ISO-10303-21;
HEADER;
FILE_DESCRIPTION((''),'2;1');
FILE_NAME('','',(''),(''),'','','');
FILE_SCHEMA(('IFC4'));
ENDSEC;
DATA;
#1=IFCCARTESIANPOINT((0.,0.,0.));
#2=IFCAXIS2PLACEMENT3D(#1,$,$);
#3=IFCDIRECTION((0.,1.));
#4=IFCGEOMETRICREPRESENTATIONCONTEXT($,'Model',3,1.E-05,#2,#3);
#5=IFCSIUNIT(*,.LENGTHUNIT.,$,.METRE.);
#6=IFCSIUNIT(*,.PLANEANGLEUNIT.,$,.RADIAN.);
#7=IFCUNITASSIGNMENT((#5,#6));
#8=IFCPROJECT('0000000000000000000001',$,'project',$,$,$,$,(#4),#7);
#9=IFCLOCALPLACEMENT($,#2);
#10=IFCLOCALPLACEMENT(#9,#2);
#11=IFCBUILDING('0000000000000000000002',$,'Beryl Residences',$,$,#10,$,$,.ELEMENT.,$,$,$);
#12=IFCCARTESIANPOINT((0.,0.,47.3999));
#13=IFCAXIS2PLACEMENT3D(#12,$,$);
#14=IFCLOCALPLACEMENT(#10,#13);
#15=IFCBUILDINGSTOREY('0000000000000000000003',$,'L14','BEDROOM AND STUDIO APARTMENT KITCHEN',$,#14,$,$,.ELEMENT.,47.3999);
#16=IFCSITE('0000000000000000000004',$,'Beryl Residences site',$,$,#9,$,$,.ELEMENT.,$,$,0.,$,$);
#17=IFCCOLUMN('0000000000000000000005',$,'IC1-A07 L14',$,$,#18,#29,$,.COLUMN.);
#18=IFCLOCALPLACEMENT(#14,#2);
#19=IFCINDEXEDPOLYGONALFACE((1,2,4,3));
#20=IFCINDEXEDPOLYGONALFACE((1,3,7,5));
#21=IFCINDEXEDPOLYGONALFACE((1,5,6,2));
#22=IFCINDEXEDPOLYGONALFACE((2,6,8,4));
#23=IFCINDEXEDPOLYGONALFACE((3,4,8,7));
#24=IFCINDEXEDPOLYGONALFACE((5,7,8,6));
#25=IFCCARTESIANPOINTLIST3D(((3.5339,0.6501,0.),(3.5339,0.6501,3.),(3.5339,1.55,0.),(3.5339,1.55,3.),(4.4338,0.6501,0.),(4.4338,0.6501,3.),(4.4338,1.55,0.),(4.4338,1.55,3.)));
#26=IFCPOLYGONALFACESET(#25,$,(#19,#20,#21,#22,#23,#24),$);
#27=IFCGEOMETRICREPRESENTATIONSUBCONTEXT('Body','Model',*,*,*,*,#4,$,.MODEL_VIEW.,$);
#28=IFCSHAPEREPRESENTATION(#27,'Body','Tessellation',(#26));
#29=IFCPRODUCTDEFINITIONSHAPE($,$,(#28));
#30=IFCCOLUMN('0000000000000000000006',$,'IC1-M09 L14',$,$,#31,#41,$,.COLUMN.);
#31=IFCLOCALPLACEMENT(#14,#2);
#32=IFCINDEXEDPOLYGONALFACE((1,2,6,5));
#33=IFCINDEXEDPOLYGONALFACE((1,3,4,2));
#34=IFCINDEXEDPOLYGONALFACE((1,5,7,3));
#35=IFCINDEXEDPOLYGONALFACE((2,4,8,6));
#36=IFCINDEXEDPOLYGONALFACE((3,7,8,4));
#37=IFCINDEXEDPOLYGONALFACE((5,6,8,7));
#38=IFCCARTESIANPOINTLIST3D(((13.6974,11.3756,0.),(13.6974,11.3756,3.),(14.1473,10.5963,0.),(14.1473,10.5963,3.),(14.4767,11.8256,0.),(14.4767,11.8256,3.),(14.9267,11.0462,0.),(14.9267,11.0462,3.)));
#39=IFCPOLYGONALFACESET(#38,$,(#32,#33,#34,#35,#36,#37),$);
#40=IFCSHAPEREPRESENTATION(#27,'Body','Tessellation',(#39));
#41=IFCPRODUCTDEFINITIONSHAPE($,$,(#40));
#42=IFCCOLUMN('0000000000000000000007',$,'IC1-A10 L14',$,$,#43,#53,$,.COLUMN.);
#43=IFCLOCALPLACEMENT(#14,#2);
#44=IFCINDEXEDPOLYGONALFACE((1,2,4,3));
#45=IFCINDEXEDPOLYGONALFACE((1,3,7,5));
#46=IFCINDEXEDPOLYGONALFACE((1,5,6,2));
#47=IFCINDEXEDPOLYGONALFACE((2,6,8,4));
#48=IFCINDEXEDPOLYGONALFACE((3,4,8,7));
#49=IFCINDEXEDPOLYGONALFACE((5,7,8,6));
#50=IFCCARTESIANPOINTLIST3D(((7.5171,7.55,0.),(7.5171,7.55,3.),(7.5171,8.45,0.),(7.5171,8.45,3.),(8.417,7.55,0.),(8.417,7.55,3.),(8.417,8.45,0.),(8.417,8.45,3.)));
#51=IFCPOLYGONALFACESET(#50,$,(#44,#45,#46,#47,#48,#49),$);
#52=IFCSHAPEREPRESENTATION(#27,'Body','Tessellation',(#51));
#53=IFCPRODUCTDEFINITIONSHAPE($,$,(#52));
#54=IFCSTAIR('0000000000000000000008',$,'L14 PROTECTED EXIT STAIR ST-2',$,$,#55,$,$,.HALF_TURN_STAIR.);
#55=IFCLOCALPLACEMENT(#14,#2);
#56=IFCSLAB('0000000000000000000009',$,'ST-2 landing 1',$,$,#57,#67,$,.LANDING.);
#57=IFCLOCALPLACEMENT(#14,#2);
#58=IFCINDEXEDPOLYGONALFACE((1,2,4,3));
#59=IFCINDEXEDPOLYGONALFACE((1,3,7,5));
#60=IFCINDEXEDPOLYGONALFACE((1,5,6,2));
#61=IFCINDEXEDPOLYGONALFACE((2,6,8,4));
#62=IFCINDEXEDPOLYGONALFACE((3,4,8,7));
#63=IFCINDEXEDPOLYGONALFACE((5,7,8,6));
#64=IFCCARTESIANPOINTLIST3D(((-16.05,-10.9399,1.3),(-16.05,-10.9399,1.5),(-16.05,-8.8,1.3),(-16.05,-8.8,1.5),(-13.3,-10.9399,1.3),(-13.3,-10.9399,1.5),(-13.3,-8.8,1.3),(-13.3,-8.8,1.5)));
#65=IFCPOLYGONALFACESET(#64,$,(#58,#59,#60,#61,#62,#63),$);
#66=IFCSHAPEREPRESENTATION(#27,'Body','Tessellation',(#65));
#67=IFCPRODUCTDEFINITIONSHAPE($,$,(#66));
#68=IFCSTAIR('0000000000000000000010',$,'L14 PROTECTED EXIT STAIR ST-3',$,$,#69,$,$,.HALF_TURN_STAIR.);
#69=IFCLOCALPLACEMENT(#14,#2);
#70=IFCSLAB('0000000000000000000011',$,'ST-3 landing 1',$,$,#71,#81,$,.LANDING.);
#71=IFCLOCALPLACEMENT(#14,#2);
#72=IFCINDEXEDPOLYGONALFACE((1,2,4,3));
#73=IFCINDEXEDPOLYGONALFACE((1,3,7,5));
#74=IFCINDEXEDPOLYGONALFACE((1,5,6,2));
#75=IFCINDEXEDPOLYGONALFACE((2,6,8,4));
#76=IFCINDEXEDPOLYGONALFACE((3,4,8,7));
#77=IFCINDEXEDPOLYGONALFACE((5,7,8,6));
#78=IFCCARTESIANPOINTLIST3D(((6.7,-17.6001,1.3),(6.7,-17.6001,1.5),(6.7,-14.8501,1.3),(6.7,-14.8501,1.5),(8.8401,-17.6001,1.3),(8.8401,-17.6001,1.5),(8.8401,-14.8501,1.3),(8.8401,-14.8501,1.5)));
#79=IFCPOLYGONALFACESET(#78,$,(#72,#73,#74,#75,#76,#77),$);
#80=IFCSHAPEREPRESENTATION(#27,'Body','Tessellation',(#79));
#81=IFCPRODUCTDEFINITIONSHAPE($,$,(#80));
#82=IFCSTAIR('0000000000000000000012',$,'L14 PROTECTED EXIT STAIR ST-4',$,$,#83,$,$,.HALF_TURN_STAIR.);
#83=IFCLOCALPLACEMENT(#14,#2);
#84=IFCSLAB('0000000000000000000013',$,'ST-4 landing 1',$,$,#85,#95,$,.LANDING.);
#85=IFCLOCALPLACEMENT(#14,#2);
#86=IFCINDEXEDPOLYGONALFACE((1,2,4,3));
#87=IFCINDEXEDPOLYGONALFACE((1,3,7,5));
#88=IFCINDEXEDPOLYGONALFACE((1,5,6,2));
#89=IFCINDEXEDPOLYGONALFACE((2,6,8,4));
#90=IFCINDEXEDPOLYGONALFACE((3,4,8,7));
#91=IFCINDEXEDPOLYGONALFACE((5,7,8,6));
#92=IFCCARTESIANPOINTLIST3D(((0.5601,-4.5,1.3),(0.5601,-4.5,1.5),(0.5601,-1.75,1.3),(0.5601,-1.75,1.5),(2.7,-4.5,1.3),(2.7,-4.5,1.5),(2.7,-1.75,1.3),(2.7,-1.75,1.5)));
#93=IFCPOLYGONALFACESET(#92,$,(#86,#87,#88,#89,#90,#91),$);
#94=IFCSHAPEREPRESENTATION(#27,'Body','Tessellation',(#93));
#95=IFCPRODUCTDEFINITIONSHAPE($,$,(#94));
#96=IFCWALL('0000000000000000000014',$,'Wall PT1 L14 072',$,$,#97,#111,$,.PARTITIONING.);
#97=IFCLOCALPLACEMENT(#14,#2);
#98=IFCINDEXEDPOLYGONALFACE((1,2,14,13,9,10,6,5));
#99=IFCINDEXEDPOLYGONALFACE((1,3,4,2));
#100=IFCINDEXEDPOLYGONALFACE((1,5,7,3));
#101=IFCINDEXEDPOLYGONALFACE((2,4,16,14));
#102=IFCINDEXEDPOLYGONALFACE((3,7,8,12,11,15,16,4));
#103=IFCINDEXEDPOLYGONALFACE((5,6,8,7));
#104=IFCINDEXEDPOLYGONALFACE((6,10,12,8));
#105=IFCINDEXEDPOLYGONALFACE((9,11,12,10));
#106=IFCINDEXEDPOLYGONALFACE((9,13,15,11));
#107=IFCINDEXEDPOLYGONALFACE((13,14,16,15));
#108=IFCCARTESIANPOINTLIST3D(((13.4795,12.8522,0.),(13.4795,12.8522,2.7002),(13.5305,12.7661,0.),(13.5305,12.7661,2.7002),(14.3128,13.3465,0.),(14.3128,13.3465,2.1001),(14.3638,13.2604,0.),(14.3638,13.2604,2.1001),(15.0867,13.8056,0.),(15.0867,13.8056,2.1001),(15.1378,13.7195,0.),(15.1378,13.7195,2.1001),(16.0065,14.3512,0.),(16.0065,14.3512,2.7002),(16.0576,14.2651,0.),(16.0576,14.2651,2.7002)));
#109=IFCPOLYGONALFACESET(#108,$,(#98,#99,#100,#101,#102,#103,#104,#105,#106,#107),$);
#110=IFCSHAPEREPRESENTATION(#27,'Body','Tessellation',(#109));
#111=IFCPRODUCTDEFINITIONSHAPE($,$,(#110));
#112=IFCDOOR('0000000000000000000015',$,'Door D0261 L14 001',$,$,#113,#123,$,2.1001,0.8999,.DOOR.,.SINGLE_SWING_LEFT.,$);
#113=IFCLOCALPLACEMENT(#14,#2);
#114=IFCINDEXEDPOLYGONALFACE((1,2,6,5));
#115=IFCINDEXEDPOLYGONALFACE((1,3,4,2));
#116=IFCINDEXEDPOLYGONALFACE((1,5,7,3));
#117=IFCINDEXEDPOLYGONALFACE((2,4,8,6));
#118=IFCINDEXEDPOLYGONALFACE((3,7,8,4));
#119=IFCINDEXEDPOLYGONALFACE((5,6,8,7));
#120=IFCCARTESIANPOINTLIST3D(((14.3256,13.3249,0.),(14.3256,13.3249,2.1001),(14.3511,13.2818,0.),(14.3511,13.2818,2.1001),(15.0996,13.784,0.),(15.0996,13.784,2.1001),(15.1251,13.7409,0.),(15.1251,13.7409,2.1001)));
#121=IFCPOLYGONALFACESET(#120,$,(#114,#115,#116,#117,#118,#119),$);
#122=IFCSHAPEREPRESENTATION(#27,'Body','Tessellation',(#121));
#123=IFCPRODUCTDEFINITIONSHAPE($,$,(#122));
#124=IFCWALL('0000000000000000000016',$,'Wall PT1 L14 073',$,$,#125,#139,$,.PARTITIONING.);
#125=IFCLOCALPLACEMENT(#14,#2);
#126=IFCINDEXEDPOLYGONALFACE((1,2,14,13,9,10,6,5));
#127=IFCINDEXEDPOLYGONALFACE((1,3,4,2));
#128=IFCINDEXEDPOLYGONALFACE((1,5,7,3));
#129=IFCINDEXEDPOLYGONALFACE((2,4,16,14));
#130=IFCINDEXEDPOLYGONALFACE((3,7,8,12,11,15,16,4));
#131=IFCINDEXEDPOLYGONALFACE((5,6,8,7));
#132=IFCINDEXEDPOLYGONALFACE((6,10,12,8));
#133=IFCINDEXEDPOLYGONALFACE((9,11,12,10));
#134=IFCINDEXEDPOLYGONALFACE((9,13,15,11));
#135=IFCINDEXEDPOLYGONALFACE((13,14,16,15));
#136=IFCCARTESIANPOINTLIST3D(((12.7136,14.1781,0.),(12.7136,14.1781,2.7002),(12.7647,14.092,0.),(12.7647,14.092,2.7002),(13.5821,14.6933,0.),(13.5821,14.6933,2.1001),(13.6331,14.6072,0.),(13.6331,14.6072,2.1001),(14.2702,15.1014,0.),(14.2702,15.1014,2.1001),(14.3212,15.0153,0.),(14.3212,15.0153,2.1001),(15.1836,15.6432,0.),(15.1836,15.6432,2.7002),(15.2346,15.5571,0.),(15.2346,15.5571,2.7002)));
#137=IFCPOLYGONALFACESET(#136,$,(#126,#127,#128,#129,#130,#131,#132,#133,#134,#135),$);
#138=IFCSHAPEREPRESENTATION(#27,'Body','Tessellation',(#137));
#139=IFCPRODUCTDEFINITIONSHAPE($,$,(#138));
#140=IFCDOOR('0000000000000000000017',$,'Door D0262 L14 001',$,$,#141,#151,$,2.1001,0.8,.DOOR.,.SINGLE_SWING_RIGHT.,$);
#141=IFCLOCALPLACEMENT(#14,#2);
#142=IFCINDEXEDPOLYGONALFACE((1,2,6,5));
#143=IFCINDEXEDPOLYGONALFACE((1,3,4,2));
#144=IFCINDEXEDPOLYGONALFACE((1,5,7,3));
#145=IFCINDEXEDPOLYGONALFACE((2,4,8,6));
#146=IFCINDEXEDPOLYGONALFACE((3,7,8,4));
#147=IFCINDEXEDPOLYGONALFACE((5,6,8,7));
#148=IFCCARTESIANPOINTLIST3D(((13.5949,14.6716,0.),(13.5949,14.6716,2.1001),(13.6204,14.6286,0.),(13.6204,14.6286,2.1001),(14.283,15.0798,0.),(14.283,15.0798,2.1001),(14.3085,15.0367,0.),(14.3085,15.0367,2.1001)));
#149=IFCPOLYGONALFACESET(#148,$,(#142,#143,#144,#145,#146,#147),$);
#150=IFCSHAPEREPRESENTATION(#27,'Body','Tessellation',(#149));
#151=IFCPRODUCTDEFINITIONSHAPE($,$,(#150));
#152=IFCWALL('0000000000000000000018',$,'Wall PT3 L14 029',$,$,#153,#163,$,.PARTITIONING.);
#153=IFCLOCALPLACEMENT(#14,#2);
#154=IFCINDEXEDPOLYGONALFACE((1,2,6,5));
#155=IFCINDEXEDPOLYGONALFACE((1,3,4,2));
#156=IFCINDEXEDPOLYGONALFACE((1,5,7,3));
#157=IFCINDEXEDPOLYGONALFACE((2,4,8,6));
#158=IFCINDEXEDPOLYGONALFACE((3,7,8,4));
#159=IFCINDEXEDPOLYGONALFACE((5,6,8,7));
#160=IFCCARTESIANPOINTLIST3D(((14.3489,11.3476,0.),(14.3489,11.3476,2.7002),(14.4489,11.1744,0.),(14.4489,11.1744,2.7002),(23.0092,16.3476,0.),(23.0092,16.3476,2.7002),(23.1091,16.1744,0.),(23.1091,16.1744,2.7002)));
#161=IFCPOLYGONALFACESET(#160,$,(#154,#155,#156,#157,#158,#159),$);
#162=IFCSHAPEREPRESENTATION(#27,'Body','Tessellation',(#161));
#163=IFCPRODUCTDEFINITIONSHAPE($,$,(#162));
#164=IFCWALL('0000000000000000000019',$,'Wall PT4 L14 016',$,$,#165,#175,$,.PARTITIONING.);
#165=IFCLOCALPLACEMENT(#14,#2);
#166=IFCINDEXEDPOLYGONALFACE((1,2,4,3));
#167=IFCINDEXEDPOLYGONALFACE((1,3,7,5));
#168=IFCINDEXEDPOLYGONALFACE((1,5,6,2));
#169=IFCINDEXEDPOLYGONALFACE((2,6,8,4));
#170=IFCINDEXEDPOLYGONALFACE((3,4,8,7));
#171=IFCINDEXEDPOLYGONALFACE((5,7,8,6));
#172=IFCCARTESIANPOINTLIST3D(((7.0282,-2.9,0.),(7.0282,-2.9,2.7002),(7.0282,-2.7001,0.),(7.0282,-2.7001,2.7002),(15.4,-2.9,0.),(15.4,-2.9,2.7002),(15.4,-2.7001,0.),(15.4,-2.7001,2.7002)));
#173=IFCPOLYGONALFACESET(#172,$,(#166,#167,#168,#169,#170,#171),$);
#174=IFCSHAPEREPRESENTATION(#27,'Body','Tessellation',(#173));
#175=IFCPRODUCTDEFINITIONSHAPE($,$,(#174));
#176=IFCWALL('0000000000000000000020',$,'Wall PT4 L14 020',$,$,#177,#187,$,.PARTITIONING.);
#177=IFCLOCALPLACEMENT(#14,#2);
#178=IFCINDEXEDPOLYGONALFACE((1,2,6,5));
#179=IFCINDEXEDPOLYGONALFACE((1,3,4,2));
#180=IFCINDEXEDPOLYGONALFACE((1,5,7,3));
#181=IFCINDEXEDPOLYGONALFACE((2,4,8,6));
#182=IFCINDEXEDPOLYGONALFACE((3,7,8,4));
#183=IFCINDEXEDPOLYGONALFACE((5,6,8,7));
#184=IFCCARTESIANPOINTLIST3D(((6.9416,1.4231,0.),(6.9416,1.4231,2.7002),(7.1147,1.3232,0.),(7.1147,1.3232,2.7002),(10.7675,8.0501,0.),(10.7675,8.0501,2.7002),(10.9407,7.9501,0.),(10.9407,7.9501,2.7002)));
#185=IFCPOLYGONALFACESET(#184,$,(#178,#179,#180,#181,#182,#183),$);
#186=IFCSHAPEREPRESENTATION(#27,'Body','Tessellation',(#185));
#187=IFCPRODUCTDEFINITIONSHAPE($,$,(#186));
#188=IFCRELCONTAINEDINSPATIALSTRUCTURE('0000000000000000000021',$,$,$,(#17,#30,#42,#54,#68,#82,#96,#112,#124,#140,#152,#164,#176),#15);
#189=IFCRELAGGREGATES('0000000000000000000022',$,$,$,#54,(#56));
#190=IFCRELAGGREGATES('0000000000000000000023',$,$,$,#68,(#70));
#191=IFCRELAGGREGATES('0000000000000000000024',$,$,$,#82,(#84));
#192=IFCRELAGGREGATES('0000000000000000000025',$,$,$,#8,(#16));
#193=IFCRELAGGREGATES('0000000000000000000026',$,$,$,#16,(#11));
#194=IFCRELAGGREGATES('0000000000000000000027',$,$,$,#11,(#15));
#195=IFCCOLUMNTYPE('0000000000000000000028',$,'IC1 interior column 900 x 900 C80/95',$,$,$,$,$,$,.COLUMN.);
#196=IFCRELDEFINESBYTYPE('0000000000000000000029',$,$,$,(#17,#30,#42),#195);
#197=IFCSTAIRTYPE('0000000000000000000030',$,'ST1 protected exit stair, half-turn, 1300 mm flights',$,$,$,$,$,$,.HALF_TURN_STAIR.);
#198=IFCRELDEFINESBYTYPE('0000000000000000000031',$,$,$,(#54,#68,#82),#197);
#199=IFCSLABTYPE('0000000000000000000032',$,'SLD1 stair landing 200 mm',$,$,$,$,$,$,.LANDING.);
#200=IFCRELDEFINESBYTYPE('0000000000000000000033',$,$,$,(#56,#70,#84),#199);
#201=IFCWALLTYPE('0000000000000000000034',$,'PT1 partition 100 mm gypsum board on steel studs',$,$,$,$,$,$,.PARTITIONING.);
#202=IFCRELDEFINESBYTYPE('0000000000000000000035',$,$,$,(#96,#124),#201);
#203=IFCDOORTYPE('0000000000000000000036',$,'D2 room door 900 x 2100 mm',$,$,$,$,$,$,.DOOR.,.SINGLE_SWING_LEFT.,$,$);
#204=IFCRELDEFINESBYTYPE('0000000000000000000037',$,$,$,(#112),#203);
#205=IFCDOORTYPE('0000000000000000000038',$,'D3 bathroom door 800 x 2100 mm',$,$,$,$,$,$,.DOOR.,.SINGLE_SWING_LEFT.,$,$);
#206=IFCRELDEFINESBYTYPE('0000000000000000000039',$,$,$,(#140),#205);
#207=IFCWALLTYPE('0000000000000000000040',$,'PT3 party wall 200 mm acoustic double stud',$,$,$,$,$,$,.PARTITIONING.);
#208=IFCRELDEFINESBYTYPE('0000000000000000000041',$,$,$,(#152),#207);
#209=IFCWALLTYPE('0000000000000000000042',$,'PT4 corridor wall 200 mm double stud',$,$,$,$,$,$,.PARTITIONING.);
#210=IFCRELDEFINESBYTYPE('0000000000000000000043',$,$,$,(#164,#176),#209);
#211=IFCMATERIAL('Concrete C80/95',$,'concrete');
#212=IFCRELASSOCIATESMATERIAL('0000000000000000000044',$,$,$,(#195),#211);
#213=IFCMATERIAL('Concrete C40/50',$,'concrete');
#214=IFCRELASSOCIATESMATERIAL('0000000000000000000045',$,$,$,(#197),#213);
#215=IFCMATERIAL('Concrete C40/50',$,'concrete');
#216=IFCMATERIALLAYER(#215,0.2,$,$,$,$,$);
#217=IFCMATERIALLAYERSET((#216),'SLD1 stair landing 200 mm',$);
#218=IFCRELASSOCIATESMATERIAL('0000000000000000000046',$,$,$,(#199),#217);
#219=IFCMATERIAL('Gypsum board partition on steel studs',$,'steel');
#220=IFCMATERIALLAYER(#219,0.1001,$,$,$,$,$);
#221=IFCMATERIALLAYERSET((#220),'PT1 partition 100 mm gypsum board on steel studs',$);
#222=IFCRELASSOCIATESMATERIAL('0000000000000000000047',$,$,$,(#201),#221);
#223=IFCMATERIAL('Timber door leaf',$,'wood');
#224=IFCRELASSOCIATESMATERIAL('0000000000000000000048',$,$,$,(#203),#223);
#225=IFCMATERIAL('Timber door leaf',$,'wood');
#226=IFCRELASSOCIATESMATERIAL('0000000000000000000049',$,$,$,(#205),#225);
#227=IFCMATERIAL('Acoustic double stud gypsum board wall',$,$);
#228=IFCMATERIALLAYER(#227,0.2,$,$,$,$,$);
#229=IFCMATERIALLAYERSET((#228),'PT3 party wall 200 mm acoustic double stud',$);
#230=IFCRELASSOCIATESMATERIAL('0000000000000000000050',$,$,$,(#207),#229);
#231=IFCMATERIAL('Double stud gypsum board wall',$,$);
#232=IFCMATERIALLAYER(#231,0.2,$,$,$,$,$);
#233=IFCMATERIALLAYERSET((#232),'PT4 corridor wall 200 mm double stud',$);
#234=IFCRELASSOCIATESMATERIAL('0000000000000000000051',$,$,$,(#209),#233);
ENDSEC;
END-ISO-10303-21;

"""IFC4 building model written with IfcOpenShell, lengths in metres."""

from ifc_helpers import new_model, si_unit, direction, frame, frame_2d, origin, origin_2d, place, context, subcontext, project, spatial, polyline, rectangle, outline, extrude, material, layer, layer_set, material_profile, profile_set, type_object, element, fill, aggregate, save


model = new_model("IFC4")

# Units and contexts
model_context = context("Model", 3, precision=1e-05, world=origin(), true_north=direction((0.0, 1.0)))
body_context = subcontext(model_context, "Body", "Model", "MODEL_VIEW")
ifc_project = project(units=[si_unit("LENGTHUNIT", "METRE"), si_unit("PLANEANGLEUNIT", "RADIAN")], contexts=[model_context])

# Site, building, storey
site_placement = place(None, origin())
site = spatial("IfcSite", under=ifc_project, at=site_placement, Name="Beryl Residences site", CompositionType="ELEMENT", RefElevation=0.0)
building_placement = place(site_placement, origin())
building = spatial("IfcBuilding", under=site, at=building_placement, Name="Beryl Residences", CompositionType="ELEMENT")
storey_placement = place(building_placement, frame((0.0, 0.0, 47.3999)))
storey = spatial("IfcBuildingStorey", under=building, at=storey_placement, Name="L14", Description="BEDROOM AND STUDIO APARTMENT KITCHEN", CompositionType="ELEMENT", Elevation=47.3999)

# Columns
ifc_material_1 = material(Name="Concrete C80/95", Category="concrete")
ifc_material_profile = material_profile(ifc_material_1, rectangle(XDim=0.8999, YDim=0.8999, at=origin_2d()))
ifc_profile_set = profile_set([ifc_material_profile], Name="Concrete C80/95")
column_type = type_object("IfcColumnType", Name="IC1 interior column 900 x 900 C80/95", PredefinedType="COLUMN", material=ifc_profile_set)
for number, where, z_axis, x_axis, name in (
    (1, (3.9839, 1.1001, 0.0), (0.0, 0.0, 1.0), (1.0, 0.0, 0.0), "IC1-A07 L14"),
    (2, (14.312, 11.2109, 0.0), (0.0, 0.0, 1.0), (-0.499985, 0.866034, 0.0), "IC1-M09 L14"),
    (3, (7.967, 8.0, 0.0), (0.0, 0.0, 1.0), (1.0, 0.0, 0.0), "IC1-A10 L14"),
):
    element("IfcColumn", number, at=place(storey_placement, frame(where, z_axis=z_axis, x_axis=x_axis)), inside=storey, type_object=column_type, Name=name, PredefinedType="COLUMN", context=body_context, shape_type="SweptSolid", body=[
        extrude(rectangle(XDim=0.8999, YDim=0.8999, at=origin_2d()), origin(), (0.0, 0.0, 1.0), 3.0),
    ])

# Stairs, slabs
ifc_material_2 = material(Name="Concrete C40/50", Category="concrete")
stair_type = type_object("IfcStairType", Name="ST1 protected exit stair, half-turn, 1300 mm flights", PredefinedType="HALF_TURN_STAIR", material=ifc_material_2)
stair_1_placement = place(storey_placement, origin())
stair_1 = element("IfcStair", 4, at=stair_1_placement, inside=storey, type_object=stair_type, Name="L14 PROTECTED EXIT STAIR ST-2", PredefinedType="HALF_TURN_STAIR")
ifc_material_3 = material(Name="Concrete C40/50", Category="concrete")
ifc_layer_1 = layer(ifc_material_3, 0.2)
ifc_layer_set_1 = layer_set([ifc_layer_1], Name="SLD1 stair landing 200 mm")
slab_type = type_object("IfcSlabType", Name="SLD1 stair landing 200 mm", PredefinedType="LANDING", material=ifc_layer_set_1)
slab_1_placement = place(storey_placement, frame((0.0, 0.0, 1.3)))
slab_1 = element("IfcSlab", 5, at=slab_1_placement, type_object=slab_type, Name="ST-2 landing 1", PredefinedType="LANDING", context=body_context, shape_type="SweptSolid", body=[
    extrude(outline(polyline([(-13.3, -10.9399), (-13.3, -8.8), (-16.05, -8.8), (-16.05, -10.9399), (-13.3, -10.9399)])), origin(), (0.0, 0.0, 1.0), 0.2),
])
aggregate(stair_1, [slab_1])
stair_2_placement = place(storey_placement, origin())
stair_2 = element("IfcStair", 6, at=stair_2_placement, inside=storey, type_object=stair_type, Name="L14 PROTECTED EXIT STAIR ST-3", PredefinedType="HALF_TURN_STAIR")
slab_2_placement = place(storey_placement, frame((0.0, 0.0, 1.3)))
slab_2 = element("IfcSlab", 7, at=slab_2_placement, type_object=slab_type, Name="ST-3 landing 1", PredefinedType="LANDING", context=body_context, shape_type="SweptSolid", body=[
    extrude(outline(polyline([(8.8401, -14.8501), (6.7, -14.8501), (6.7, -17.6001), (8.8401, -17.6001), (8.8401, -14.8501)])), origin(), (0.0, 0.0, 1.0), 0.2),
])
aggregate(stair_2, [slab_2])
stair_3_placement = place(storey_placement, origin())
stair_3 = element("IfcStair", 8, at=stair_3_placement, inside=storey, type_object=stair_type, Name="L14 PROTECTED EXIT STAIR ST-4", PredefinedType="HALF_TURN_STAIR")
slab_3_placement = place(storey_placement, frame((0.0, 0.0, 1.3)))
slab_3 = element("IfcSlab", 9, at=slab_3_placement, type_object=slab_type, Name="ST-4 landing 1", PredefinedType="LANDING", context=body_context, shape_type="SweptSolid", body=[
    extrude(outline(polyline([(0.5601, -4.5), (2.7, -4.5), (2.7, -1.75), (0.5601, -1.75), (0.5601, -4.5)])), origin(), (0.0, 0.0, 1.0), 0.2),
])
aggregate(stair_3, [slab_3])

# Walls, openings, doors
ifc_material_4 = material(Name="Gypsum board partition on steel studs", Category="steel")
ifc_layer_2 = layer(ifc_material_4, 0.1001)
ifc_layer_set_2 = layer_set([ifc_layer_2], Name="PT1 partition 100 mm gypsum board on steel studs")
wall_type_1 = type_object("IfcWallType", Name="PT1 partition 100 mm gypsum board on steel studs", PredefinedType="PARTITIONING", material=ifc_layer_set_2)
wall_1_placement = place(storey_placement, frame((13.5049, 12.8091, 0.0), z_axis=(0.0, 0.0, 1.0), x_axis=(0.86007, 0.510176, 0.0)))
wall_1 = element("IfcWall", 10, at=wall_1_placement, inside=storey, type_object=wall_type_1, Name="Wall PT1 L14 072", PredefinedType="PARTITIONING", context=body_context, shape_type="SweptSolid", body=[
    extrude(rectangle(XDim=2.9382, YDim=0.1001, at=frame_2d((1.4692, 0.0))), origin(), (0.0, 0.0, 1.0), 2.7002),
])
opening_1_placement = place(wall_1_placement, frame((0.969, 0.0, 0.0)))
opening_1 = element("IfcOpeningElement", 11, at=opening_1_placement, cuts=wall_1, PredefinedType="OPENING", context=body_context, shape_type="SweptSolid", body=[
    extrude(rectangle(XDim=0.8999, YDim=2.1001, at=frame_2d((0.45, 1.05))), frame((0.0, 0.0601, 0.0), z_axis=(0.0, -1.0, 0.0), x_axis=(1.0, 0.0, 0.0)), (0.0, 0.0, 1.0), 0.1201),
])
ifc_material_5 = material(Name="Timber door leaf", Category="wood")
door_type_1 = type_object("IfcDoorType", Name="D2 room door 900 x 2100 mm", OperationType="SINGLE_SWING_LEFT", PredefinedType="DOOR", material=ifc_material_5)
door_1_placement = place(opening_1_placement, origin())
door_1 = element("IfcDoor", 12, at=door_1_placement, inside=storey, type_object=door_type_1, Name="Door D0261 L14 001", OperationType="SINGLE_SWING_LEFT", OverallHeight=2.1001, OverallWidth=0.8999, PredefinedType="DOOR", context=body_context, shape_type="SweptSolid", body=[
    extrude(rectangle(XDim=0.8999, YDim=2.1001, at=frame_2d((0.45, 1.05))), frame((0.0, 0.0249, 0.0), z_axis=(0.0, -1.0, 0.0), x_axis=(1.0, 0.0, 0.0)), (0.0, 0.0, 1.0), 0.05),
])
fill(opening_1, door_1)
wall_2_placement = place(storey_placement, frame((12.739, 14.135, 0.0), z_axis=(0.0, 0.0, 1.0), x_axis=(0.860077, 0.510164, 0.0)))
wall_2 = element("IfcWall", 13, at=wall_2_placement, inside=storey, type_object=wall_type_1, Name="Wall PT1 L14 073", PredefinedType="PARTITIONING", context=body_context, shape_type="SweptSolid", body=[
    extrude(rectangle(XDim=2.8718, YDim=0.1001, at=frame_2d((1.436, 0.0))), origin(), (0.0, 0.0, 1.0), 2.7002),
])
opening_2_placement = place(wall_2_placement, frame((1.01, 0.0, 0.0)))
opening_2 = element("IfcOpeningElement", 14, at=opening_2_placement, cuts=wall_2, PredefinedType="OPENING", context=body_context, shape_type="SweptSolid", body=[
    extrude(rectangle(XDim=0.8, YDim=2.1001, at=frame_2d((0.3999, 1.05))), frame((0.0, 0.0601, 0.0), z_axis=(0.0, -1.0, 0.0), x_axis=(1.0, 0.0, 0.0)), (0.0, 0.0, 1.0), 0.1201),
])
ifc_material_6 = material(Name="Timber door leaf", Category="wood")
door_type_2 = type_object("IfcDoorType", Name="D3 bathroom door 800 x 2100 mm", OperationType="SINGLE_SWING_LEFT", PredefinedType="DOOR", material=ifc_material_6)
door_2_placement = place(opening_2_placement, origin())
door_2 = element("IfcDoor", 15, at=door_2_placement, inside=storey, type_object=door_type_2, Name="Door D0262 L14 001", OperationType="SINGLE_SWING_RIGHT", OverallHeight=2.1001, OverallWidth=0.8, PredefinedType="DOOR", context=body_context, shape_type="SweptSolid", body=[
    extrude(rectangle(XDim=0.8, YDim=2.1001, at=frame_2d((0.3999, 1.05))), frame((0.0, 0.0249, 0.0), z_axis=(0.0, -1.0, 0.0), x_axis=(1.0, 0.0, 0.0)), (0.0, 0.0, 1.0), 0.05),
])
fill(opening_2, door_2)

# Walls
ifc_material_7 = material(Name="Acoustic double stud gypsum board wall")
ifc_layer_3 = layer(ifc_material_7, 0.2)
ifc_layer_set_3 = layer_set([ifc_layer_3], Name="PT3 party wall 200 mm acoustic double stud")
wall_type_2 = type_object("IfcWallType", Name="PT3 party wall 200 mm acoustic double stud", PredefinedType="PARTITIONING", material=ifc_layer_set_3)
wall_3_placement = place(storey_placement, frame((14.3989, 11.261, 0.0), z_axis=(0.0, 0.0, 1.0), x_axis=(0.866023, 0.500004, 0.0)))
element("IfcWall", 16, at=wall_3_placement, inside=storey, type_object=wall_type_2, Name="Wall PT3 L14 029", PredefinedType="PARTITIONING", context=body_context, shape_type="SweptSolid", body=[
    extrude(rectangle(XDim=10.0, YDim=0.2, at=frame_2d((5.0, 0.0))), origin(), (0.0, 0.0, 1.0), 2.7002),
])
ifc_material_8 = material(Name="Double stud gypsum board wall")
ifc_layer_4 = layer(ifc_material_8, 0.2)
ifc_layer_set_4 = layer_set([ifc_layer_4], Name="PT4 corridor wall 200 mm double stud")
wall_type_3 = type_object("IfcWallType", Name="PT4 corridor wall 200 mm double stud", PredefinedType="PARTITIONING", material=ifc_layer_set_4)
wall_4_placement = place(storey_placement, frame((7.0281, -2.8, 0.0), z_axis=(0.0, 0.0, 1.0), x_axis=(1.0, 0.0, 0.0)))
element("IfcWall", 17, at=wall_4_placement, inside=storey, type_object=wall_type_3, Name="Wall PT4 L14 016", PredefinedType="PARTITIONING", context=body_context, shape_type="SweptSolid", body=[
    extrude(rectangle(XDim=8.3718, YDim=0.2, at=frame_2d((4.186, 0.0))), origin(), (0.0, 0.0, 1.0), 2.7002),
])
wall_5_placement = place(storey_placement, frame((7.0281, 1.373, 0.0), z_axis=(0.0, 0.0, 1.0), x_axis=(0.499986, 0.866034, 0.0)))
element("IfcWall", 18, at=wall_5_placement, inside=storey, type_object=wall_type_3, Name="Wall PT4 L14 020", PredefinedType="PARTITIONING", context=body_context, shape_type="SweptSolid", body=[
    extrude(rectangle(XDim=7.6521, YDim=0.2, at=frame_2d((3.8262, 0.0))), origin(), (0.0, 0.0, 1.0), 2.7002),
])

save(model, "model.ifc")
